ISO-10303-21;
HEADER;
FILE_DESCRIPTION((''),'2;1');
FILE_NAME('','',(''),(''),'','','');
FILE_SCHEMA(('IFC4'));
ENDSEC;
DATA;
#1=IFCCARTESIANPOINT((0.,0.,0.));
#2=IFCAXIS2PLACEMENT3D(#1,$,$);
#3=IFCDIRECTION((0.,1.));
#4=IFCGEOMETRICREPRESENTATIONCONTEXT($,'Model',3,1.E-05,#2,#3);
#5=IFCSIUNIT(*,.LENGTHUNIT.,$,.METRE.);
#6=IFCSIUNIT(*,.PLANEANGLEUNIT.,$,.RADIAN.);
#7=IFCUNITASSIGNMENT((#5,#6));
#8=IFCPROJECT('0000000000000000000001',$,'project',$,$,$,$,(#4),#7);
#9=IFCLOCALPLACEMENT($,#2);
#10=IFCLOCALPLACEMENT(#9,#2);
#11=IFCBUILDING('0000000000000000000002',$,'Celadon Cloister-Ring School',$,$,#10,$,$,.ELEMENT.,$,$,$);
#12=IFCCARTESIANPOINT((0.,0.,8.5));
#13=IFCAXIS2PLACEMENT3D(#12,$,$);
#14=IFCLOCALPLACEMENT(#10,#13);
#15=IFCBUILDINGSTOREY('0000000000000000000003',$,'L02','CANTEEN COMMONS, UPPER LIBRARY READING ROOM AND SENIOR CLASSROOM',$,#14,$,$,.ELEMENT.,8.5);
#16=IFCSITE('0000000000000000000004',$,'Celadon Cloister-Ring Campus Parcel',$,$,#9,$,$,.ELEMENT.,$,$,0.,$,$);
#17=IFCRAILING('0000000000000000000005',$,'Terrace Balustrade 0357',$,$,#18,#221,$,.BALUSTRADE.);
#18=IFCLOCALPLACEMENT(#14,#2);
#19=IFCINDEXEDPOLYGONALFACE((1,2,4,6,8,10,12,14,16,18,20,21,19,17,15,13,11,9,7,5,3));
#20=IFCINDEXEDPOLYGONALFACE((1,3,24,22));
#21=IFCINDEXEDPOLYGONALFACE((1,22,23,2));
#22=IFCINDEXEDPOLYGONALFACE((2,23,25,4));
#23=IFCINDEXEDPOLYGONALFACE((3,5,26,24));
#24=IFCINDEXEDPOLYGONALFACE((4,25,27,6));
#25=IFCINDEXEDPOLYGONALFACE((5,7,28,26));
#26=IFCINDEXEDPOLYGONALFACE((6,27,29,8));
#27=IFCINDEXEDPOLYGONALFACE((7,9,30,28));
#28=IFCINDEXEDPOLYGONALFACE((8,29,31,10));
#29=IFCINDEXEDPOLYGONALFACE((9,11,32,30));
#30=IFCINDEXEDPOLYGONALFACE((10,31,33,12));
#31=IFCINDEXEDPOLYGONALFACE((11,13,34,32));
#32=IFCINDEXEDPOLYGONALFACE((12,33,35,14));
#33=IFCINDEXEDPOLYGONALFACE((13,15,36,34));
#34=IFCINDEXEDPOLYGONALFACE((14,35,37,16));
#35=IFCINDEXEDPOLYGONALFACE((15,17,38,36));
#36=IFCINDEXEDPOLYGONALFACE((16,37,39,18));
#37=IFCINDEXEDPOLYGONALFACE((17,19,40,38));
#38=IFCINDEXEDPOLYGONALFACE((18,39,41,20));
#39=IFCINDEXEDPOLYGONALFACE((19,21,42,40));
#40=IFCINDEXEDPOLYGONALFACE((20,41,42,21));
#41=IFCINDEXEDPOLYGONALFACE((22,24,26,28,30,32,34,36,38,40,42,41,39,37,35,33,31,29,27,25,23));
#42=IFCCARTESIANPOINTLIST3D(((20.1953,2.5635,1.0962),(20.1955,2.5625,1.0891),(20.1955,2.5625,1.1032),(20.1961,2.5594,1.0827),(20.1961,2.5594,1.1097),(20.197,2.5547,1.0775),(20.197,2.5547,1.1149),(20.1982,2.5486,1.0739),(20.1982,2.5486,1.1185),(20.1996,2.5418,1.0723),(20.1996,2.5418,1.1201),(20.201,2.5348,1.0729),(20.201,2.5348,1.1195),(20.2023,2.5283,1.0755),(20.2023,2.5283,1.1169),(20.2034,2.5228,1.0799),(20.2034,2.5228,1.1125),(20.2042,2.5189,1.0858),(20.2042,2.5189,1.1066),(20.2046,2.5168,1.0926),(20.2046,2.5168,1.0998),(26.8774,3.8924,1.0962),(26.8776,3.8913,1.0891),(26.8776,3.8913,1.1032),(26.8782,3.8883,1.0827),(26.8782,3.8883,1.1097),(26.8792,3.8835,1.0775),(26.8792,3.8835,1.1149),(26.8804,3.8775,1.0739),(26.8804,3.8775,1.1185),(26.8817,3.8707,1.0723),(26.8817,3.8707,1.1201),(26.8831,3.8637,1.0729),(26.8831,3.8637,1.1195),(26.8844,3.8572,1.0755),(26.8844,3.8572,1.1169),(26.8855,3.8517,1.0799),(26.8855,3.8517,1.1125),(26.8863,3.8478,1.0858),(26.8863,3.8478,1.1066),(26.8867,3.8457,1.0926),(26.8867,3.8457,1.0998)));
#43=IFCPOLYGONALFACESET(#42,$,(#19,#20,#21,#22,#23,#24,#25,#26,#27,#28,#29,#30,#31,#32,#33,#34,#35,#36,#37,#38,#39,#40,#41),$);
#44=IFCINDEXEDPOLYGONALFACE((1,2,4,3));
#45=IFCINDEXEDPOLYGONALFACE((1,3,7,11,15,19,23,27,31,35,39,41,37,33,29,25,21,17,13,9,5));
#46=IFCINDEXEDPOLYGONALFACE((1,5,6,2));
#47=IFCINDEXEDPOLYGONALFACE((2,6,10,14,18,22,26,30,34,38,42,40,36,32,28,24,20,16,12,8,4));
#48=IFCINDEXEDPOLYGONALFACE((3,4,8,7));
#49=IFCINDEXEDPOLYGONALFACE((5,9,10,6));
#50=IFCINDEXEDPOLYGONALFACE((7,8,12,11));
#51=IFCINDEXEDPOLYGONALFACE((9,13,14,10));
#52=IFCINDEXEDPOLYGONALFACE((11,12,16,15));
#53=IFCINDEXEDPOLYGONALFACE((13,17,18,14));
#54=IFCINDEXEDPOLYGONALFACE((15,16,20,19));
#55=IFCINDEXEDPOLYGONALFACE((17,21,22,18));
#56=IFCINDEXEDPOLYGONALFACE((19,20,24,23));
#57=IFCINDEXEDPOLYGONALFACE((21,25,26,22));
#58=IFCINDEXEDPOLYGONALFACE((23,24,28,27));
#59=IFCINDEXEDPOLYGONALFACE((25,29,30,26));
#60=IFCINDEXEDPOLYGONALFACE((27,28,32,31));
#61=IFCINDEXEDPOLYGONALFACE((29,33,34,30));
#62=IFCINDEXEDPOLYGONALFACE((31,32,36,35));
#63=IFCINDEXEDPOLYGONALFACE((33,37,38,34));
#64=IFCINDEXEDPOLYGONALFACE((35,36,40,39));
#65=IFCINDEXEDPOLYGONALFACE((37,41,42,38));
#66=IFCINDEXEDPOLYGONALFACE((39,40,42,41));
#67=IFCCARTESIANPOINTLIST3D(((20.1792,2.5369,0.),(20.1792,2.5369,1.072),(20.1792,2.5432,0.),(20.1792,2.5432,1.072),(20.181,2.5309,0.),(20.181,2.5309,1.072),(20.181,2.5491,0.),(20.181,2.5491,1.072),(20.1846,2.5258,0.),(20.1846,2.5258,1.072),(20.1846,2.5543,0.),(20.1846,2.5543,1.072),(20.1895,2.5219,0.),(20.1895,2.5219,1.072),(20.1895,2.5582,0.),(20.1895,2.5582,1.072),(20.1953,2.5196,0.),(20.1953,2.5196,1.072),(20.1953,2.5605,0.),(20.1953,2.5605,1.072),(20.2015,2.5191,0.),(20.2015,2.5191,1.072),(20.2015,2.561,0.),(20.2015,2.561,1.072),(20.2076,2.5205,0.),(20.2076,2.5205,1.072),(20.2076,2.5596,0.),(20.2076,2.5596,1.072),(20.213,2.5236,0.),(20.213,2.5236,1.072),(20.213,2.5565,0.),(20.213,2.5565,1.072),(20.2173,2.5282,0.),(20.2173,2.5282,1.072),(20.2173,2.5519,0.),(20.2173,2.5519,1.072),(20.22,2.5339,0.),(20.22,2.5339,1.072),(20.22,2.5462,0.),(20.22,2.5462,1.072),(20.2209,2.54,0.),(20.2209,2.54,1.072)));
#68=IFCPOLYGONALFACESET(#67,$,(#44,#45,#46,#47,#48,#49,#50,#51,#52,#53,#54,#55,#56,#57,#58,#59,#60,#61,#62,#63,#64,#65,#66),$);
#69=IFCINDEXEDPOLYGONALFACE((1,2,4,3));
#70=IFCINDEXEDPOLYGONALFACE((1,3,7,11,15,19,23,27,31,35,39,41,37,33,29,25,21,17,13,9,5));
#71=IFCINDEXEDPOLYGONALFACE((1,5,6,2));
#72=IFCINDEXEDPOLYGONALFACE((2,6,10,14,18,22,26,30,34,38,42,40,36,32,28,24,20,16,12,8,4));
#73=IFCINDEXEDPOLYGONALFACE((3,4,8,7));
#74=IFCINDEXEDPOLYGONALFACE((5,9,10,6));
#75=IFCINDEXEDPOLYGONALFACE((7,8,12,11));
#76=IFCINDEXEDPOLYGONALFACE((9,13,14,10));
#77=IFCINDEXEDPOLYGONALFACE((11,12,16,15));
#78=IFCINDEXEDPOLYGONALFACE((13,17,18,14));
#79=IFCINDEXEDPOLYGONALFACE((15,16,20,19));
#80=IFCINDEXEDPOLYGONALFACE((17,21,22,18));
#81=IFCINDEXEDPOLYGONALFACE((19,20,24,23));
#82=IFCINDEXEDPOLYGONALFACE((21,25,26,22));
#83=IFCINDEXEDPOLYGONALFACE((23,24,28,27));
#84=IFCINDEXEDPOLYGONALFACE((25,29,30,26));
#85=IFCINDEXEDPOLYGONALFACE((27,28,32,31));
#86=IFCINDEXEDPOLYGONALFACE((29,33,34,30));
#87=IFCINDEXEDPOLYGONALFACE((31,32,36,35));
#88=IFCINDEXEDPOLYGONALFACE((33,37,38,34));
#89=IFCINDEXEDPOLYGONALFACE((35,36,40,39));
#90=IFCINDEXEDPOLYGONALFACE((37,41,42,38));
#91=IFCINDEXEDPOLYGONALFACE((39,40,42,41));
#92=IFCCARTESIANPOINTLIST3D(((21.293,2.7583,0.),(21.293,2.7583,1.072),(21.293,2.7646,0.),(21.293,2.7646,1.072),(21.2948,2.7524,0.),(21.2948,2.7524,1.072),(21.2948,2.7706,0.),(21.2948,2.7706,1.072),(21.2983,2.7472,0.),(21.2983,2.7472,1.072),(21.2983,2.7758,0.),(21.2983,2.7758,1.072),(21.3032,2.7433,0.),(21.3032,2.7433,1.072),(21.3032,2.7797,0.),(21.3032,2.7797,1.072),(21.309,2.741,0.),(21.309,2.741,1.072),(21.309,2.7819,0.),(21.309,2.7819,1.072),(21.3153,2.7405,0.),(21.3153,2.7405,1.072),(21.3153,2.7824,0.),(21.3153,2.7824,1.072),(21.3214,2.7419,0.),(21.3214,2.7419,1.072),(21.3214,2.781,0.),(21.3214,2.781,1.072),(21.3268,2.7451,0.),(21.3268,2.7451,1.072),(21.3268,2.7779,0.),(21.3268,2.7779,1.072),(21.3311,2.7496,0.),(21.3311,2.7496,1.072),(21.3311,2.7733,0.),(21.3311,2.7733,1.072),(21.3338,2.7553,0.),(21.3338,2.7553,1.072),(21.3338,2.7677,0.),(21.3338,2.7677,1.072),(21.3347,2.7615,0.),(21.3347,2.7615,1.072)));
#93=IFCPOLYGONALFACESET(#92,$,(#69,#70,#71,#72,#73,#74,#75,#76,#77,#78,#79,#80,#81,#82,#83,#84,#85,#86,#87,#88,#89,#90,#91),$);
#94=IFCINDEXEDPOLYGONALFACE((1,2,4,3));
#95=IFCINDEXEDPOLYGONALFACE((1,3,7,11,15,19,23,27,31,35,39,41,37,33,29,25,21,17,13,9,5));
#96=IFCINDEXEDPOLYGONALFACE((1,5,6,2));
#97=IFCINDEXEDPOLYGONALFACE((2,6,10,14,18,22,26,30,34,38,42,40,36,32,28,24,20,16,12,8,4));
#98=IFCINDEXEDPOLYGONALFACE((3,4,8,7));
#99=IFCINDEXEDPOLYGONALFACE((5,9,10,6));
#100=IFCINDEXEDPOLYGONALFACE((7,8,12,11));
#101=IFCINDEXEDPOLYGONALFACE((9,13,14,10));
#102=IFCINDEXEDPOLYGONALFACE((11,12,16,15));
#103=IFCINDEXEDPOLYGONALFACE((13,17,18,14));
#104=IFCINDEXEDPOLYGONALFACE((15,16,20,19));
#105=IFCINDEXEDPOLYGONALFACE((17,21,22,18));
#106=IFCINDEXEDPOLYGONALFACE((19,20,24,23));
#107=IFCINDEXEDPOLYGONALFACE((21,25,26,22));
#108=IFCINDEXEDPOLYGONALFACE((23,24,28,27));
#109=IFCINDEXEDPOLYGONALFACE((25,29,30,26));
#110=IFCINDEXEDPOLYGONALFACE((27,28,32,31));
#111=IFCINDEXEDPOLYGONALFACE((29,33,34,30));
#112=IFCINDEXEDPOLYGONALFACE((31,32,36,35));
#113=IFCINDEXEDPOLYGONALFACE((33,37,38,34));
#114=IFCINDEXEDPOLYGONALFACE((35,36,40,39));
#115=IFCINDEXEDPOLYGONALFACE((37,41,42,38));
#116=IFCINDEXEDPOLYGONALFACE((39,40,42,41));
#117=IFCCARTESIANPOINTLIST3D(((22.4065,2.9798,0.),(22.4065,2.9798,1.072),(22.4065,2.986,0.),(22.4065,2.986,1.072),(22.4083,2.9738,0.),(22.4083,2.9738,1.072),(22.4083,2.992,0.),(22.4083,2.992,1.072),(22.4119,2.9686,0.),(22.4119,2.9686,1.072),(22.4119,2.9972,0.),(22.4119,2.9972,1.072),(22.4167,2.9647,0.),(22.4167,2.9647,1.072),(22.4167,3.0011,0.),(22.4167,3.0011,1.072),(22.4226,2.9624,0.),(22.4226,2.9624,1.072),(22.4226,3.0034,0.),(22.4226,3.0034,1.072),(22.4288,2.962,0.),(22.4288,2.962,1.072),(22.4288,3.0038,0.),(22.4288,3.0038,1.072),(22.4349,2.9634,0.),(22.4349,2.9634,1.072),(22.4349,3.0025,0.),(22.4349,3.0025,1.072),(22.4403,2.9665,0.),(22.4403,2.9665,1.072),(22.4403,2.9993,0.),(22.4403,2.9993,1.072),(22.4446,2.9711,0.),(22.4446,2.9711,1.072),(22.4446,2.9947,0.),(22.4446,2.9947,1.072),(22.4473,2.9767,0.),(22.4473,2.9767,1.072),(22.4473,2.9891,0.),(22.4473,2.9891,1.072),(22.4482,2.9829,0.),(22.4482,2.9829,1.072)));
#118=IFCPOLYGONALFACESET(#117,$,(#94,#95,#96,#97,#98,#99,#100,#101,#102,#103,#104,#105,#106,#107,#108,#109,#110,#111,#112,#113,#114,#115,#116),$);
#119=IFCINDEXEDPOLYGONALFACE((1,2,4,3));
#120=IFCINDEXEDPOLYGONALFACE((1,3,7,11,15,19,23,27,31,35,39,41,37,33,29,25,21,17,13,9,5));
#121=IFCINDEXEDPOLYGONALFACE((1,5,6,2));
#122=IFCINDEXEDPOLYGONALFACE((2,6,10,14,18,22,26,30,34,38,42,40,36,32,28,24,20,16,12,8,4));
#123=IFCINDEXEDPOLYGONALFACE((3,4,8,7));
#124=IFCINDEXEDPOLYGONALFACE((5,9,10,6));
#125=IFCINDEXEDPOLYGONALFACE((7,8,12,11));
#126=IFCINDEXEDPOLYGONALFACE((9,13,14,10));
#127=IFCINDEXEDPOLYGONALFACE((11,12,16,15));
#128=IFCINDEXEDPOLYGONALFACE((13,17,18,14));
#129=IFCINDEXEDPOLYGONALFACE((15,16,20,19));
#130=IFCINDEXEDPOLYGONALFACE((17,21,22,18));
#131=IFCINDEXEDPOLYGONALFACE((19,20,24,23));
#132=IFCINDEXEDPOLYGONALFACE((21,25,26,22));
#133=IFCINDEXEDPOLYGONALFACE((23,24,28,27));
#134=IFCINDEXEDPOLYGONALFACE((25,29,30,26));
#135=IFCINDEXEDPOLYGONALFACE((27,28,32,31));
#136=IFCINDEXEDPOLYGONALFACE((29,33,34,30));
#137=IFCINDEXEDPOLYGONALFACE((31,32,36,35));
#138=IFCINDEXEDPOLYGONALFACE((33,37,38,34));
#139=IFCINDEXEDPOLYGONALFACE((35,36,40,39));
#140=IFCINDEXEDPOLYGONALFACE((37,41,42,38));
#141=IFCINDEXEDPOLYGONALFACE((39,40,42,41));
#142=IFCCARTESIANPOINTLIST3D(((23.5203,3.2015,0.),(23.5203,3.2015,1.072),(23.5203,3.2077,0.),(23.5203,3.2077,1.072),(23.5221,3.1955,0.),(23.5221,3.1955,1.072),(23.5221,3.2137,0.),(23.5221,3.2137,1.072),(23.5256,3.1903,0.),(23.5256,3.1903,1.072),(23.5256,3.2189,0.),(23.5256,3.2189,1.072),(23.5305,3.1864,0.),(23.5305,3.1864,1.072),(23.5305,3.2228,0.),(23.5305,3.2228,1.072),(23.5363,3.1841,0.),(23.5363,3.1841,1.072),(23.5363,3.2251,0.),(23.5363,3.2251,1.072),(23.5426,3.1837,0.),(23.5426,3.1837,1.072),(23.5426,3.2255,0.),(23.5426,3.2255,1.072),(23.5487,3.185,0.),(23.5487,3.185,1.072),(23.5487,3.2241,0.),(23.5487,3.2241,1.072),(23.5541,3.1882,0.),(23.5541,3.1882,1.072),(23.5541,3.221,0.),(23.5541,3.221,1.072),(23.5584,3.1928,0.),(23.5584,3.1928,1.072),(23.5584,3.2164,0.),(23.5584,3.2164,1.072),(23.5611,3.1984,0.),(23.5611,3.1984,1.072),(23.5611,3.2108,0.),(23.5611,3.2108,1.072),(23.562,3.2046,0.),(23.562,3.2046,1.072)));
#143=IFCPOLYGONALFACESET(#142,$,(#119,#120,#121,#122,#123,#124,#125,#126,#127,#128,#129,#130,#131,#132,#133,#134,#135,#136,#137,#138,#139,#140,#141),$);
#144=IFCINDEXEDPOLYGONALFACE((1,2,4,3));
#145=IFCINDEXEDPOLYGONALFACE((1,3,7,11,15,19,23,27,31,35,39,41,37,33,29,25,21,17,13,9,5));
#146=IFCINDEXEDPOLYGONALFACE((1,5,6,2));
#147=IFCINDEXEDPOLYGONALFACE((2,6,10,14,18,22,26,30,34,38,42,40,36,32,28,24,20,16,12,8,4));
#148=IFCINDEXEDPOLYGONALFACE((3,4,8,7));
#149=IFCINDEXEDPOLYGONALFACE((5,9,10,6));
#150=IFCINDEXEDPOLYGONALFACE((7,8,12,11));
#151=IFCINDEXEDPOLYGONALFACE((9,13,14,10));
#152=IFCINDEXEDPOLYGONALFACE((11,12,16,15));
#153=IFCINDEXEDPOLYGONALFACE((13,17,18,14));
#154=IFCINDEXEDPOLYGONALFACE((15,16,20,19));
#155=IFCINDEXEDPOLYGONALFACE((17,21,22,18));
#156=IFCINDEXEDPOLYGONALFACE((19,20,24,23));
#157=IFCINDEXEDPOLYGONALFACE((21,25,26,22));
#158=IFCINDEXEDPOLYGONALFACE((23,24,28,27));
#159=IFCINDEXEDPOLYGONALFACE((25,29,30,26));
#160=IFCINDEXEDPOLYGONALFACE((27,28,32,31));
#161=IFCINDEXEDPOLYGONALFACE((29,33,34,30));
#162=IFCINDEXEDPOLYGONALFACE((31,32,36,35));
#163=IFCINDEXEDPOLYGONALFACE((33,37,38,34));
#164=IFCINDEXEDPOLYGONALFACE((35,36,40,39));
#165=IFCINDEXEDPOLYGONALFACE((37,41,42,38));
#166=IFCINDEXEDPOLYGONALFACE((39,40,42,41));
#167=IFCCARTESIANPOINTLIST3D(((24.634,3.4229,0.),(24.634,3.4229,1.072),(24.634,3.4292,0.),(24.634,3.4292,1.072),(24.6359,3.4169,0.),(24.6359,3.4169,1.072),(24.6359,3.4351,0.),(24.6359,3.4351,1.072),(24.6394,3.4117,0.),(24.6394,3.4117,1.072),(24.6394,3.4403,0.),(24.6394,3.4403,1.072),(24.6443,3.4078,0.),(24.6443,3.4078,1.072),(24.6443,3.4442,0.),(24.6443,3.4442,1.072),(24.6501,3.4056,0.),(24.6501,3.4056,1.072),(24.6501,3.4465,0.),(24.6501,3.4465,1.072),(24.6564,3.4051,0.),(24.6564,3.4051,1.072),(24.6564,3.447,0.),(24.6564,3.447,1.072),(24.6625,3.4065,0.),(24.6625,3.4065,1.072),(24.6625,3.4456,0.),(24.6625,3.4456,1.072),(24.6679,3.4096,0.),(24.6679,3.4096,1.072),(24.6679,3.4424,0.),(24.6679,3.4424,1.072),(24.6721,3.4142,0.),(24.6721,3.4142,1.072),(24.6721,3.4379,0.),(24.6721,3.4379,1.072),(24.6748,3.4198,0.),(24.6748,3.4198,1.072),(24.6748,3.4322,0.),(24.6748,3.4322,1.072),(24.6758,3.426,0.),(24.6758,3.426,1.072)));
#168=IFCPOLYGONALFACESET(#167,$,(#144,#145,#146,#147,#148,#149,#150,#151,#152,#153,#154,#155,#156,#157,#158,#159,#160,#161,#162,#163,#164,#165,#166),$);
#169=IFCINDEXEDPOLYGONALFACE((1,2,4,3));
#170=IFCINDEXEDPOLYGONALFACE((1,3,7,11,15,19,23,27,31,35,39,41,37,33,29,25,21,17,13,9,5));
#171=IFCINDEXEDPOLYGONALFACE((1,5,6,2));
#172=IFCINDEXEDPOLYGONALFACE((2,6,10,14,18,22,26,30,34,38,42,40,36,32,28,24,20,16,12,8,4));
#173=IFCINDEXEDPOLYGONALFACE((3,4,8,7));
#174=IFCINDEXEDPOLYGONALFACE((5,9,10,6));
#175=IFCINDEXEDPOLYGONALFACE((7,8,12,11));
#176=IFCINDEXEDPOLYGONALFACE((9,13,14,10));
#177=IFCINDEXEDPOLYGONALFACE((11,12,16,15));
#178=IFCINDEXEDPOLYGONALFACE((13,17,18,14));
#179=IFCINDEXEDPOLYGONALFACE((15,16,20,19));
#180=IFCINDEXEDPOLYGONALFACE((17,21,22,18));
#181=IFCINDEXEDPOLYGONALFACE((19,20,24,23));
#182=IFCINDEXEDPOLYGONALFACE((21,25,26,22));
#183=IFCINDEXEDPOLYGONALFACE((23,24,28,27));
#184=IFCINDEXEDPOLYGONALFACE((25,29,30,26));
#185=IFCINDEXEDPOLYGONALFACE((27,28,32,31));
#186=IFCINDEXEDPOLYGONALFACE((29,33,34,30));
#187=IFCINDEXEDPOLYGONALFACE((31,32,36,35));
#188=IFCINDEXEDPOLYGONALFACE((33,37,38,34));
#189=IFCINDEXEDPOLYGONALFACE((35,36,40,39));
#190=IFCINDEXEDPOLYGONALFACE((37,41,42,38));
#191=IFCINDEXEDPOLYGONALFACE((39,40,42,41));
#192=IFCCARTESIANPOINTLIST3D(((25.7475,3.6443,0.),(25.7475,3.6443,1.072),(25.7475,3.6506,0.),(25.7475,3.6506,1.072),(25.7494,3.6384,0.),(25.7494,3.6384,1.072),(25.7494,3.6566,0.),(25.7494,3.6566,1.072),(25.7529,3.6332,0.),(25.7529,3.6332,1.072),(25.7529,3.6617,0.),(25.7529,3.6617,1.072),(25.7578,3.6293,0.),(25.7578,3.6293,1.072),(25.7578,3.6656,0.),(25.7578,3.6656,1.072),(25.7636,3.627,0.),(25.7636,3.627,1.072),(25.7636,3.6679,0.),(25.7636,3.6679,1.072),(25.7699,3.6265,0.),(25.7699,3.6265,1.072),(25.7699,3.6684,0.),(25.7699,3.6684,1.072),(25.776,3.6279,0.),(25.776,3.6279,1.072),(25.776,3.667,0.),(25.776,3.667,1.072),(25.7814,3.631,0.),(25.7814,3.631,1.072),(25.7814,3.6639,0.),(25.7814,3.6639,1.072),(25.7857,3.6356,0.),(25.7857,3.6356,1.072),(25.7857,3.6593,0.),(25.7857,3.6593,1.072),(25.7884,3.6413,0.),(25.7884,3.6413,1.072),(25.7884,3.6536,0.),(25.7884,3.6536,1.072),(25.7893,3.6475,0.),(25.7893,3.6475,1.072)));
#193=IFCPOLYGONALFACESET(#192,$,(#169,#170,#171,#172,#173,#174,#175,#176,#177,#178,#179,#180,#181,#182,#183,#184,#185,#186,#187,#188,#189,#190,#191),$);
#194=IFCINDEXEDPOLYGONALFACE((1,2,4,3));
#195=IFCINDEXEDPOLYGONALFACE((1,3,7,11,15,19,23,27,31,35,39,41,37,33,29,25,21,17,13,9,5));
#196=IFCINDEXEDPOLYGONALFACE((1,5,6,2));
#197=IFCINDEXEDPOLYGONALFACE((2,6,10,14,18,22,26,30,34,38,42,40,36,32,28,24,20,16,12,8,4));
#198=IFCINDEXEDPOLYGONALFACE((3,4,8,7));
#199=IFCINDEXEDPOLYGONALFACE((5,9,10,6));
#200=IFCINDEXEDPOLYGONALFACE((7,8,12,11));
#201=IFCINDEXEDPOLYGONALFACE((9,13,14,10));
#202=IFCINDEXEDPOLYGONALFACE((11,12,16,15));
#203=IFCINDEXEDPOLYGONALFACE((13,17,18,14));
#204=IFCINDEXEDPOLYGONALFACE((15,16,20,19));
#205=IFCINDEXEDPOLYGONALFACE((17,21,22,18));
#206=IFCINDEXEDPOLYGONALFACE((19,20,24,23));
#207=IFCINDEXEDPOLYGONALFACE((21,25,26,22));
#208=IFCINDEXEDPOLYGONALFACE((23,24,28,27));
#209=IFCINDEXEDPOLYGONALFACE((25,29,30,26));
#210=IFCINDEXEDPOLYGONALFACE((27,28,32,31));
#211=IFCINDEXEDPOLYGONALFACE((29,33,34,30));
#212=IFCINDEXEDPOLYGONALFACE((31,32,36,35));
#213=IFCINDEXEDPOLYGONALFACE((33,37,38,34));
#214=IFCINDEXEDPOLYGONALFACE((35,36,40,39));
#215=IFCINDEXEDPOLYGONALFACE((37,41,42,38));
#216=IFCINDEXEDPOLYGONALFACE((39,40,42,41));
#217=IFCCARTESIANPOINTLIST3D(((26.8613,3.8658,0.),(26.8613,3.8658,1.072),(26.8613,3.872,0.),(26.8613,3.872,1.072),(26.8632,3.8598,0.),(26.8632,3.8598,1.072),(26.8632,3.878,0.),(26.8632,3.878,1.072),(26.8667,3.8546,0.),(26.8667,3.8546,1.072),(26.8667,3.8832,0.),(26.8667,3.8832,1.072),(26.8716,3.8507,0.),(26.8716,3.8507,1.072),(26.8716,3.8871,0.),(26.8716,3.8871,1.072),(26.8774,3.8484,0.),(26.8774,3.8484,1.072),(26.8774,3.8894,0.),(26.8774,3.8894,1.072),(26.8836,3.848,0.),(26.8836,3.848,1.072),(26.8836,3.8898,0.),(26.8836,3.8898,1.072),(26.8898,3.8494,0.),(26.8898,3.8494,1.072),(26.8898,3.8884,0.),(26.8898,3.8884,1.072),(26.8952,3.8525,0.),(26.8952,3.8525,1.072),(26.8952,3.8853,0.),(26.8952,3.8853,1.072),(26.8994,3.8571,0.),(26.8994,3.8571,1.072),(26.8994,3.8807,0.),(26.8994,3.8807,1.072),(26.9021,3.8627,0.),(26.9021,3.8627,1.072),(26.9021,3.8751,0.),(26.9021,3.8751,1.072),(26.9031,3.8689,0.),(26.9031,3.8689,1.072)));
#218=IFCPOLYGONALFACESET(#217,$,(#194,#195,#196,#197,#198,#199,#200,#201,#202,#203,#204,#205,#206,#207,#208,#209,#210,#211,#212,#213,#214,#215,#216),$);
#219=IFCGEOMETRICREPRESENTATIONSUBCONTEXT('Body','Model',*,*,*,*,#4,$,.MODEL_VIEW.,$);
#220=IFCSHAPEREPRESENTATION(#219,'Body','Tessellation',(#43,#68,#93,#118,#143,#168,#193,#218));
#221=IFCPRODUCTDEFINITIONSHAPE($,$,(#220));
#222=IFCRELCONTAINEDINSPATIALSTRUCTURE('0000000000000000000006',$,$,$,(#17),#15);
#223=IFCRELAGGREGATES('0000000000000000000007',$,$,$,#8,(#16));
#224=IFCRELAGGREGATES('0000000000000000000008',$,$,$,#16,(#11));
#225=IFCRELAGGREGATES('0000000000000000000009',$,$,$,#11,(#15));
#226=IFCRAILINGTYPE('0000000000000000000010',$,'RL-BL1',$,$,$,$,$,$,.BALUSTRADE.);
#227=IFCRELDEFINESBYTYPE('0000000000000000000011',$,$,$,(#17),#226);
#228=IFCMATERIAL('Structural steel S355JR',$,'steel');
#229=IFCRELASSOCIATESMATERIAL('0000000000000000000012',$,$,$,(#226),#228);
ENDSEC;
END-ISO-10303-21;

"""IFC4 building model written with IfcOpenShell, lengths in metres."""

from ifc_helpers import new_model, si_unit, direction, frame, origin, origin_2d, place, context, subcontext, project, spatial, circle, extrude, material, type_object, element, save


model = new_model("IFC4")

# Units and contexts
model_context = context("Model", 3, precision=1e-05, world=origin(), true_north=direction((0.0, 1.0)))
body_context = subcontext(model_context, "Body", "Model", "MODEL_VIEW")
ifc_project = project(units=[si_unit("LENGTHUNIT", "METRE"), si_unit("PLANEANGLEUNIT", "RADIAN")], contexts=[model_context])

# Site, building, storey
site_placement = place(None, origin())
site = spatial("IfcSite", under=ifc_project, at=site_placement, Name="Celadon Cloister-Ring Campus Parcel", CompositionType="ELEMENT", RefElevation=0.0)
building_placement = place(site_placement, origin())
building = spatial("IfcBuilding", under=site, at=building_placement, Name="Celadon Cloister-Ring School", CompositionType="ELEMENT")
storey_placement = place(building_placement, frame((0.0, 0.0, 8.5)))
storey = spatial("IfcBuildingStorey", under=building, at=storey_placement, Name="L02", Description="CANTEEN COMMONS, UPPER LIBRARY READING ROOM AND SENIOR CLASSROOM", CompositionType="ELEMENT", Elevation=8.5)

# Railing
ifc_material_1 = material(Name="Structural steel S355JR", Category="steel")
railing_type = type_object("IfcRailingType", Name="RL-BL1", PredefinedType="BALUSTRADE", material=ifc_material_1)
railing_1_placement = place(storey_placement, frame((20.2, 2.54, 0.0)))
element("IfcRailing", 1, at=railing_1_placement, inside=storey, type_object=railing_type, Name="Terrace Balustrade 0357", PredefinedType="BALUSTRADE", context=body_context, shape_type="SweptSolid", body=[
    extrude(circle(Radius=0.0239, at=origin_2d()), frame((0.0, 0.0, 1.0962), z_axis=(0.980794, 0.195048, 0.0), x_axis=(-0.195048, 0.980794, 0.0)), (0.0, 0.0, 1.0), 6.813),
    extrude(circle(Radius=0.021, at=origin_2d()), origin(), (0.0, 0.0, 1.0), 1.072),
    extrude(circle(Radius=0.021, at=origin_2d()), frame((1.1138, 0.2214, 0.0)), (0.0, 0.0, 1.0), 1.072),
    extrude(circle(Radius=0.021, at=origin_2d()), frame((2.2273, 0.4429, 0.0)), (0.0, 0.0, 1.0), 1.072),
    extrude(circle(Radius=0.021, at=origin_2d()), frame((3.3411, 0.6646, 0.0)), (0.0, 0.0, 1.0), 1.072),
    extrude(circle(Radius=0.021, at=origin_2d()), frame((4.4548, 0.886, 0.0)), (0.0, 0.0, 1.0), 1.072),
    extrude(circle(Radius=0.021, at=origin_2d()), frame((5.5684, 1.1074, 0.0)), (0.0, 0.0, 1.0), 1.072),
    extrude(circle(Radius=0.021, at=origin_2d()), frame((6.6821, 1.3289, 0.0)), (0.0, 0.0, 1.0), 1.072),
])

save(model, "model.ifc")
